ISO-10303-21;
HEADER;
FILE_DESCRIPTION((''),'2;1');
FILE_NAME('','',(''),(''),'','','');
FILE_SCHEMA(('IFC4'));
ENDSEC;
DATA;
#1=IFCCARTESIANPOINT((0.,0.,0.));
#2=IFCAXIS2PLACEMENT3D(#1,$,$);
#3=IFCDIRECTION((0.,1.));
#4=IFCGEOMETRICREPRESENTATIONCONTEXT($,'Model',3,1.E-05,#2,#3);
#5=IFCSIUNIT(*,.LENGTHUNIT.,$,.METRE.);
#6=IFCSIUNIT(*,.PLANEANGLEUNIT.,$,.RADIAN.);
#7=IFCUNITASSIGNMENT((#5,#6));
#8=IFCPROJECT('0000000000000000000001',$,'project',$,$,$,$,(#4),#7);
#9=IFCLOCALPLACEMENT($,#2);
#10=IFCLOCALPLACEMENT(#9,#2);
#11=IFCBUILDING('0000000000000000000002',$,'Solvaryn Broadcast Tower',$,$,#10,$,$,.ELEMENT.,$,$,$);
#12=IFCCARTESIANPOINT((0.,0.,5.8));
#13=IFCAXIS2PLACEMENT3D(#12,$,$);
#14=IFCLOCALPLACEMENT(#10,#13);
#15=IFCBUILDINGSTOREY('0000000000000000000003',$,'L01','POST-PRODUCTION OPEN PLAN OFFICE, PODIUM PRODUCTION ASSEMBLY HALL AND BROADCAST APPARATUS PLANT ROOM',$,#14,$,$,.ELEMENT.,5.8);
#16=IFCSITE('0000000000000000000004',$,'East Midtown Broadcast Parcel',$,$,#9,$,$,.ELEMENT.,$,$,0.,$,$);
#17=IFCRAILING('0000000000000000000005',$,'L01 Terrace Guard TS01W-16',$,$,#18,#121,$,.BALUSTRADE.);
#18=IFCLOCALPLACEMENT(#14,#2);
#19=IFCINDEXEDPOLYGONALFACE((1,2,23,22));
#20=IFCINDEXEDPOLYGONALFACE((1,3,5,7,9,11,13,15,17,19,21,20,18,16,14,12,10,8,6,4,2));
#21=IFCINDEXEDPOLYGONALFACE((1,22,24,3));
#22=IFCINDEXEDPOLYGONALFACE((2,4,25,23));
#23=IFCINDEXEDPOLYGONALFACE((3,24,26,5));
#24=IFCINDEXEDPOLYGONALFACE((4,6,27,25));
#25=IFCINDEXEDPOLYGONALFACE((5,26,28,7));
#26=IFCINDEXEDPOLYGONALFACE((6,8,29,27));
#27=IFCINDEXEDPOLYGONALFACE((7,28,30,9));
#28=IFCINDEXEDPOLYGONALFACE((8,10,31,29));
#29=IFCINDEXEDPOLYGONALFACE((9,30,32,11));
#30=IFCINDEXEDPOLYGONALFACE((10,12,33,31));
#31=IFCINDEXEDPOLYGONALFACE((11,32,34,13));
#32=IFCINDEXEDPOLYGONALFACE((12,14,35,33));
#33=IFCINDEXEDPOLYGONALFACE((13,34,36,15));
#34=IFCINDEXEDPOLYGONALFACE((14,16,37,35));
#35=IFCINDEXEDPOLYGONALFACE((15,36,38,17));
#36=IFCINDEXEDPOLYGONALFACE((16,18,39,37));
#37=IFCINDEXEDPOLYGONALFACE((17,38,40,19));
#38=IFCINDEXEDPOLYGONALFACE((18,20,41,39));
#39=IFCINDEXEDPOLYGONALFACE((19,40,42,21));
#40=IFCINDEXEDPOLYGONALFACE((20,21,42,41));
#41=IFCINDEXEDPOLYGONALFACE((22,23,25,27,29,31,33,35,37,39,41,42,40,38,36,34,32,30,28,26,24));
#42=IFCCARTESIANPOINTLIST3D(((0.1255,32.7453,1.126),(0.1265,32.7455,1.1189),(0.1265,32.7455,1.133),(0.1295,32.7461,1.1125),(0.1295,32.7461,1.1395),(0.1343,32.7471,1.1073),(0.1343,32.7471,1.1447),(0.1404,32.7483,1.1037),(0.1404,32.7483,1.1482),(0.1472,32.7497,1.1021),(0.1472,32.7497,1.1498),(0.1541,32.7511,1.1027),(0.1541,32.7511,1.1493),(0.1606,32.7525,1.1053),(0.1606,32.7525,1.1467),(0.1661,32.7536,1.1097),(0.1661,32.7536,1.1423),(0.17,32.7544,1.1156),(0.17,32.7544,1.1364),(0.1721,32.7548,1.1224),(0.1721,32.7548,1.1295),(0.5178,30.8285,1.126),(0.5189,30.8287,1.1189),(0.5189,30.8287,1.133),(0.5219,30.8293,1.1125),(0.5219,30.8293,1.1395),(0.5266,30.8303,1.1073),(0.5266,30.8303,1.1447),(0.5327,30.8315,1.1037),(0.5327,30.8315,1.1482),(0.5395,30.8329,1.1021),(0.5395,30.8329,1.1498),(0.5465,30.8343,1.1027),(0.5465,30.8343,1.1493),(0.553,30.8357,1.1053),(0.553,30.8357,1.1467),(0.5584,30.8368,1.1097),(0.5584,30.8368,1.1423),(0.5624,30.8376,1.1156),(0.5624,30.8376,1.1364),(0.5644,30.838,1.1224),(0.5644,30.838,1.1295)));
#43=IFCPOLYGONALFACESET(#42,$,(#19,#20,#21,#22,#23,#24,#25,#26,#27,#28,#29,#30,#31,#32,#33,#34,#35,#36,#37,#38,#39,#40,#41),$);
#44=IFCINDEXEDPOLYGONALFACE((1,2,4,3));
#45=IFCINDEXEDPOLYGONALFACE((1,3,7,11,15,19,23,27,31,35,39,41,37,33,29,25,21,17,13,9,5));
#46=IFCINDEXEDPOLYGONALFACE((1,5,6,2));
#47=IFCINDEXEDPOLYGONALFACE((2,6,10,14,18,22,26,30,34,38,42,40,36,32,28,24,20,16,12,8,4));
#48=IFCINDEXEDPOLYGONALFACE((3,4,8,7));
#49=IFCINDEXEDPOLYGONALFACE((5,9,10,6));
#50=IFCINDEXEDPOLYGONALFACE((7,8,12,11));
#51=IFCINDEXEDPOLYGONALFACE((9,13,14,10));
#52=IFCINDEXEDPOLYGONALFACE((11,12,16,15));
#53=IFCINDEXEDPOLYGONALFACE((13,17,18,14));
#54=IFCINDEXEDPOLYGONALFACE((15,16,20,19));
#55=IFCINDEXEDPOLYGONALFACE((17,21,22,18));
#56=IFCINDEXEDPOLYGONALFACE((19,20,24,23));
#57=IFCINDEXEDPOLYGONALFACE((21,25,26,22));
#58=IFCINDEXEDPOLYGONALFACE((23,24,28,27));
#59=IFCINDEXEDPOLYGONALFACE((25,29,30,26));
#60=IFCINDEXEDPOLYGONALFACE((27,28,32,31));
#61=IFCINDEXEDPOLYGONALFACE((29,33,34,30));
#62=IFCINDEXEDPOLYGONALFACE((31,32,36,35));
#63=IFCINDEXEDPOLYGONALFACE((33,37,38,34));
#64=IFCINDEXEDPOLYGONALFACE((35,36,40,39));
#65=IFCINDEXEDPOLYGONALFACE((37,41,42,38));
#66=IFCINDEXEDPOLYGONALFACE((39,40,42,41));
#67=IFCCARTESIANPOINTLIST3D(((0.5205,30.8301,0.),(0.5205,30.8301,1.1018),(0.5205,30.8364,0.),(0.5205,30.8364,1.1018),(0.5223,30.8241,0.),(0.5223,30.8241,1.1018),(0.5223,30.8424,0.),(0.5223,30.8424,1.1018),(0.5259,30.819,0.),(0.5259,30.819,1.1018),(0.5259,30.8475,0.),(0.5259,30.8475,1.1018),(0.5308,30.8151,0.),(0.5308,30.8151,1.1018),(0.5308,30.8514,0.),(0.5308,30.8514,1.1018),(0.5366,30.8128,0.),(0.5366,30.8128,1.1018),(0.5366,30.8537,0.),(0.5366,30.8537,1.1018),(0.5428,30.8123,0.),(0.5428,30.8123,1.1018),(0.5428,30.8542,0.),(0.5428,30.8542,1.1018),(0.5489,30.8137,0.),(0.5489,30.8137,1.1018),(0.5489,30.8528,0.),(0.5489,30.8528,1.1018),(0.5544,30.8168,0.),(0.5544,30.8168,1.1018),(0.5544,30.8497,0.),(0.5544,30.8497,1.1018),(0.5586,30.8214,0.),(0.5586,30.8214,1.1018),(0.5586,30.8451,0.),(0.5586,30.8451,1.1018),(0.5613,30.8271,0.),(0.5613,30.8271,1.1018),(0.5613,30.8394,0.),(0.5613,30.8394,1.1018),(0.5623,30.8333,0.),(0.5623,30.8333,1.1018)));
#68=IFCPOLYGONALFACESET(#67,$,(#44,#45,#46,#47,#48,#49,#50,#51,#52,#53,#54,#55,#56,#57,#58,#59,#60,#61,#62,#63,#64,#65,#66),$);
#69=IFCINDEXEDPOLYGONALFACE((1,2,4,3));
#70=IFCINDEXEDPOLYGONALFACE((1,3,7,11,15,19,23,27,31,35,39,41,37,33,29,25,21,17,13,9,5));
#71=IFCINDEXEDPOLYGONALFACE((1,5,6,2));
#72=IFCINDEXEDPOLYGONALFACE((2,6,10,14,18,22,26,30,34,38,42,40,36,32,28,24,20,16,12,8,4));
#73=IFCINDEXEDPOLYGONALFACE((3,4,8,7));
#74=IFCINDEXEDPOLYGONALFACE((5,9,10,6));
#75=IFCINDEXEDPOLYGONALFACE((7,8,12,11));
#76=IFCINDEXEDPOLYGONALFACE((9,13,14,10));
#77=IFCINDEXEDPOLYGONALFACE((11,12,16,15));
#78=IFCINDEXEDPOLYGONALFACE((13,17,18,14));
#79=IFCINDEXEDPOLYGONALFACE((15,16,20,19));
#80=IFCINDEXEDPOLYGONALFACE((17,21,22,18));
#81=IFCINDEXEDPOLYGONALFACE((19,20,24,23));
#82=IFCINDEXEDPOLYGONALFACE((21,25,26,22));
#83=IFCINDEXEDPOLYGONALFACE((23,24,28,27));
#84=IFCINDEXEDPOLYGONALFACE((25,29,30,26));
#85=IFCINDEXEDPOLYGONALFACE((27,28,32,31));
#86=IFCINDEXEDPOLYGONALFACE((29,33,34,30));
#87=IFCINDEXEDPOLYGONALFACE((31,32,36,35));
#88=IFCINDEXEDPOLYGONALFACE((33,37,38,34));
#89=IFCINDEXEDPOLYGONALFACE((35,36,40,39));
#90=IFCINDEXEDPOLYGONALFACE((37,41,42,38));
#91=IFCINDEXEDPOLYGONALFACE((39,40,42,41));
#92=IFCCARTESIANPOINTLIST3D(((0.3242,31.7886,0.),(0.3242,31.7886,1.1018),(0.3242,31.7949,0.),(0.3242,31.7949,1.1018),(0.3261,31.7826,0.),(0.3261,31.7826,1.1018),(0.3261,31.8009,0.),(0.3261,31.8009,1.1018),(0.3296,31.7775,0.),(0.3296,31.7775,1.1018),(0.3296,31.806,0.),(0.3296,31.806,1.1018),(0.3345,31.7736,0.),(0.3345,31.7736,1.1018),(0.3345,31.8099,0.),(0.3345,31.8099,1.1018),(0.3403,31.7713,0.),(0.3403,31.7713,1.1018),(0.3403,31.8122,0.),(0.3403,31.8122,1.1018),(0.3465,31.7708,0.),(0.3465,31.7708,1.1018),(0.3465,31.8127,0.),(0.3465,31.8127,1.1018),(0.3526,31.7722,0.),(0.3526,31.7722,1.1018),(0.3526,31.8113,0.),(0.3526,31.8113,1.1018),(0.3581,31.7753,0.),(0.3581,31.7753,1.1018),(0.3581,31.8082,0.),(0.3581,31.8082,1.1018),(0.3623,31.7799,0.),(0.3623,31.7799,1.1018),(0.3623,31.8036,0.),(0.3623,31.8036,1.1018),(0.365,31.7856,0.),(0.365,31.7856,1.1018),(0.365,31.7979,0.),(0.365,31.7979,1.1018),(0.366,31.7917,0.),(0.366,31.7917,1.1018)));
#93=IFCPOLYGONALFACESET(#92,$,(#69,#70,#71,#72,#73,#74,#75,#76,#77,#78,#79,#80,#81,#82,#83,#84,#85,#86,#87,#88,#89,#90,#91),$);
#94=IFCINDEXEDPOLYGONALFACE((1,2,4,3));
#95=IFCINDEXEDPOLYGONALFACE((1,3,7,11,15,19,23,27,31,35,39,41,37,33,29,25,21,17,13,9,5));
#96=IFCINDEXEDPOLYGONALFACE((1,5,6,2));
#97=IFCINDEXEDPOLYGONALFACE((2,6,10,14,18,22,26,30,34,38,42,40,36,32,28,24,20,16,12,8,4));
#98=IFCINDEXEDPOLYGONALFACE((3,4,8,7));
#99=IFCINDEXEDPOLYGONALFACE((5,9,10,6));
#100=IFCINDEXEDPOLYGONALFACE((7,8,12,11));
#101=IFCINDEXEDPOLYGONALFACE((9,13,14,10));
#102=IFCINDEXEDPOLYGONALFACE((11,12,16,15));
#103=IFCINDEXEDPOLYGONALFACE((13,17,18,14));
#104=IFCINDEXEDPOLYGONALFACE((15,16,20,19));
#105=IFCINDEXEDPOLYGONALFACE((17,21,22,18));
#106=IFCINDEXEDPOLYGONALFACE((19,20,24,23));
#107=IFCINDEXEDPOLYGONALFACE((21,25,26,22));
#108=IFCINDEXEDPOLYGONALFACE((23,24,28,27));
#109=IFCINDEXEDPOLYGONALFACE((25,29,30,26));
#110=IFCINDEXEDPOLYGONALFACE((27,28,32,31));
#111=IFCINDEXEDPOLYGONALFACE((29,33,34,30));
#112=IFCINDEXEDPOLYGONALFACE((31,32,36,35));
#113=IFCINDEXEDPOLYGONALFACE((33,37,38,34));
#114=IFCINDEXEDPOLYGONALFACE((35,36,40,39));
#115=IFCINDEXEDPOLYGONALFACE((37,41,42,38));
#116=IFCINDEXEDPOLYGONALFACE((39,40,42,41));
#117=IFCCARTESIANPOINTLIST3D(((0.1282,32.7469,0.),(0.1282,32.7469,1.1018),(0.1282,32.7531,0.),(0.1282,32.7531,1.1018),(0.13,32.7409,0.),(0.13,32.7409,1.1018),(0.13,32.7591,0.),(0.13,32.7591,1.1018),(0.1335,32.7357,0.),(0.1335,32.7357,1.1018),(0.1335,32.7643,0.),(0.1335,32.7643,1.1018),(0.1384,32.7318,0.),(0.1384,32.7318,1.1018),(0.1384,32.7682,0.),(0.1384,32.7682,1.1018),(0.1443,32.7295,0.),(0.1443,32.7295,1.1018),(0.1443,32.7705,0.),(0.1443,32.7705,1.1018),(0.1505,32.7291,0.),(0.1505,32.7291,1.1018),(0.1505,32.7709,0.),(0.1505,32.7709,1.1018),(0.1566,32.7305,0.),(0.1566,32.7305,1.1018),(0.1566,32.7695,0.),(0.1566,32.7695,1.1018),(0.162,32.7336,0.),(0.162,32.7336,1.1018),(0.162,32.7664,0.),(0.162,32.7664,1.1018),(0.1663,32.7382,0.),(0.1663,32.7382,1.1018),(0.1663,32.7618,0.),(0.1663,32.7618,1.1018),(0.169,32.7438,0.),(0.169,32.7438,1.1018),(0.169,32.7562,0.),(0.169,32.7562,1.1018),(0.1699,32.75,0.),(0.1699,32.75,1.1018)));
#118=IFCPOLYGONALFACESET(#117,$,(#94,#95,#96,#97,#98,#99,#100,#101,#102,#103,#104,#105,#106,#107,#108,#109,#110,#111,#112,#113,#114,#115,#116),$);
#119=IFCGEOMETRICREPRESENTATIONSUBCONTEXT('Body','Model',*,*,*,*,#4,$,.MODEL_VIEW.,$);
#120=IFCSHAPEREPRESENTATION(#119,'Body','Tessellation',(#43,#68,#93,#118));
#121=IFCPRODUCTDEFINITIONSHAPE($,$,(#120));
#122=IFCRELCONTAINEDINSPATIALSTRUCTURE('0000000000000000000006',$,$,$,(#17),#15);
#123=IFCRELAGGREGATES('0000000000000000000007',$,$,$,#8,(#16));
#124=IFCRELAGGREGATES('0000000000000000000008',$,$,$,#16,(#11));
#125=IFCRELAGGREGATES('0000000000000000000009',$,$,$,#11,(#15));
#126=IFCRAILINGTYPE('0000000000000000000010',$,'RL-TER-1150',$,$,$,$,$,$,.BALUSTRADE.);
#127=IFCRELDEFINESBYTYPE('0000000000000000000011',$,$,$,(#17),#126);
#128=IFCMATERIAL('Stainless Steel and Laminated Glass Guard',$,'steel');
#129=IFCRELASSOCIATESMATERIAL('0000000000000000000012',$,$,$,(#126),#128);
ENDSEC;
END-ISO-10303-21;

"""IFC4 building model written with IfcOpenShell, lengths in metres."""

from ifc_helpers import new_model, si_unit, direction, frame, origin, origin_2d, place, context, subcontext, project, spatial, circle, extrude, material, type_object, element, save


model = new_model("IFC4")

# Units and contexts
model_context = context("Model", 3, precision=1e-05, world=origin(), true_north=direction((0.0, 1.0)))
body_context = subcontext(model_context, "Body", "Model", "MODEL_VIEW")
ifc_project = project(units=[si_unit("LENGTHUNIT", "METRE"), si_unit("PLANEANGLEUNIT", "RADIAN")], contexts=[model_context])

# Site, building, storey
site_placement = place(None, origin())
site = spatial("IfcSite", under=ifc_project, at=site_placement, Name="East Midtown Broadcast Parcel", CompositionType="ELEMENT", RefElevation=0.0)
building_placement = place(site_placement, origin())
building = spatial("IfcBuilding", under=site, at=building_placement, Name="Solvaryn Broadcast Tower", CompositionType="ELEMENT")
storey_placement = place(building_placement, frame((0.0, 0.0, 5.8)))
storey = spatial("IfcBuildingStorey", under=building, at=storey_placement, Name="L01", Description="POST-PRODUCTION OPEN PLAN OFFICE, PODIUM PRODUCTION ASSEMBLY HALL AND BROADCAST APPARATUS PLANT ROOM", CompositionType="ELEMENT", Elevation=5.8)

# Railing
ifc_material_1 = material(Name="Stainless Steel and Laminated Glass Guard", Category="steel")
railing_type_1 = type_object("IfcRailingType", Name="RL-TER-1150", PredefinedType="BALUSTRADE", material=ifc_material_1)
railing_1_placement = place(storey_placement, frame((0.5413, 30.8333, 0.0)))
element("IfcRailing", 1, at=railing_1_placement, inside=storey, type_object=railing_type_1, Name="L01 Terrace Guard TS01W-16", PredefinedType="BALUSTRADE", context=body_context, shape_type="SweptSolid", body=[
    extrude(circle(Radius=0.0239, at=origin_2d()), frame((0.0, 0.0, 1.126), z_axis=(-0.20053, 0.979688, 0.0), x_axis=(-0.979688, -0.20053, 0.0)), (0.0, 0.0, 1.0), 1.9565),
    extrude(circle(Radius=0.021, at=origin_2d()), origin(), (0.0, 0.0, 1.0), 1.1018),
    extrude(circle(Radius=0.021, at=origin_2d()), frame((-0.1963, 0.9585, 0.0)), (0.0, 0.0, 1.0), 1.1018),
    extrude(circle(Radius=0.021, at=origin_2d()), frame((-0.3923, 1.9167, 0.0)), (0.0, 0.0, 1.0), 1.1018),
])

save(model, "model.ifc")
